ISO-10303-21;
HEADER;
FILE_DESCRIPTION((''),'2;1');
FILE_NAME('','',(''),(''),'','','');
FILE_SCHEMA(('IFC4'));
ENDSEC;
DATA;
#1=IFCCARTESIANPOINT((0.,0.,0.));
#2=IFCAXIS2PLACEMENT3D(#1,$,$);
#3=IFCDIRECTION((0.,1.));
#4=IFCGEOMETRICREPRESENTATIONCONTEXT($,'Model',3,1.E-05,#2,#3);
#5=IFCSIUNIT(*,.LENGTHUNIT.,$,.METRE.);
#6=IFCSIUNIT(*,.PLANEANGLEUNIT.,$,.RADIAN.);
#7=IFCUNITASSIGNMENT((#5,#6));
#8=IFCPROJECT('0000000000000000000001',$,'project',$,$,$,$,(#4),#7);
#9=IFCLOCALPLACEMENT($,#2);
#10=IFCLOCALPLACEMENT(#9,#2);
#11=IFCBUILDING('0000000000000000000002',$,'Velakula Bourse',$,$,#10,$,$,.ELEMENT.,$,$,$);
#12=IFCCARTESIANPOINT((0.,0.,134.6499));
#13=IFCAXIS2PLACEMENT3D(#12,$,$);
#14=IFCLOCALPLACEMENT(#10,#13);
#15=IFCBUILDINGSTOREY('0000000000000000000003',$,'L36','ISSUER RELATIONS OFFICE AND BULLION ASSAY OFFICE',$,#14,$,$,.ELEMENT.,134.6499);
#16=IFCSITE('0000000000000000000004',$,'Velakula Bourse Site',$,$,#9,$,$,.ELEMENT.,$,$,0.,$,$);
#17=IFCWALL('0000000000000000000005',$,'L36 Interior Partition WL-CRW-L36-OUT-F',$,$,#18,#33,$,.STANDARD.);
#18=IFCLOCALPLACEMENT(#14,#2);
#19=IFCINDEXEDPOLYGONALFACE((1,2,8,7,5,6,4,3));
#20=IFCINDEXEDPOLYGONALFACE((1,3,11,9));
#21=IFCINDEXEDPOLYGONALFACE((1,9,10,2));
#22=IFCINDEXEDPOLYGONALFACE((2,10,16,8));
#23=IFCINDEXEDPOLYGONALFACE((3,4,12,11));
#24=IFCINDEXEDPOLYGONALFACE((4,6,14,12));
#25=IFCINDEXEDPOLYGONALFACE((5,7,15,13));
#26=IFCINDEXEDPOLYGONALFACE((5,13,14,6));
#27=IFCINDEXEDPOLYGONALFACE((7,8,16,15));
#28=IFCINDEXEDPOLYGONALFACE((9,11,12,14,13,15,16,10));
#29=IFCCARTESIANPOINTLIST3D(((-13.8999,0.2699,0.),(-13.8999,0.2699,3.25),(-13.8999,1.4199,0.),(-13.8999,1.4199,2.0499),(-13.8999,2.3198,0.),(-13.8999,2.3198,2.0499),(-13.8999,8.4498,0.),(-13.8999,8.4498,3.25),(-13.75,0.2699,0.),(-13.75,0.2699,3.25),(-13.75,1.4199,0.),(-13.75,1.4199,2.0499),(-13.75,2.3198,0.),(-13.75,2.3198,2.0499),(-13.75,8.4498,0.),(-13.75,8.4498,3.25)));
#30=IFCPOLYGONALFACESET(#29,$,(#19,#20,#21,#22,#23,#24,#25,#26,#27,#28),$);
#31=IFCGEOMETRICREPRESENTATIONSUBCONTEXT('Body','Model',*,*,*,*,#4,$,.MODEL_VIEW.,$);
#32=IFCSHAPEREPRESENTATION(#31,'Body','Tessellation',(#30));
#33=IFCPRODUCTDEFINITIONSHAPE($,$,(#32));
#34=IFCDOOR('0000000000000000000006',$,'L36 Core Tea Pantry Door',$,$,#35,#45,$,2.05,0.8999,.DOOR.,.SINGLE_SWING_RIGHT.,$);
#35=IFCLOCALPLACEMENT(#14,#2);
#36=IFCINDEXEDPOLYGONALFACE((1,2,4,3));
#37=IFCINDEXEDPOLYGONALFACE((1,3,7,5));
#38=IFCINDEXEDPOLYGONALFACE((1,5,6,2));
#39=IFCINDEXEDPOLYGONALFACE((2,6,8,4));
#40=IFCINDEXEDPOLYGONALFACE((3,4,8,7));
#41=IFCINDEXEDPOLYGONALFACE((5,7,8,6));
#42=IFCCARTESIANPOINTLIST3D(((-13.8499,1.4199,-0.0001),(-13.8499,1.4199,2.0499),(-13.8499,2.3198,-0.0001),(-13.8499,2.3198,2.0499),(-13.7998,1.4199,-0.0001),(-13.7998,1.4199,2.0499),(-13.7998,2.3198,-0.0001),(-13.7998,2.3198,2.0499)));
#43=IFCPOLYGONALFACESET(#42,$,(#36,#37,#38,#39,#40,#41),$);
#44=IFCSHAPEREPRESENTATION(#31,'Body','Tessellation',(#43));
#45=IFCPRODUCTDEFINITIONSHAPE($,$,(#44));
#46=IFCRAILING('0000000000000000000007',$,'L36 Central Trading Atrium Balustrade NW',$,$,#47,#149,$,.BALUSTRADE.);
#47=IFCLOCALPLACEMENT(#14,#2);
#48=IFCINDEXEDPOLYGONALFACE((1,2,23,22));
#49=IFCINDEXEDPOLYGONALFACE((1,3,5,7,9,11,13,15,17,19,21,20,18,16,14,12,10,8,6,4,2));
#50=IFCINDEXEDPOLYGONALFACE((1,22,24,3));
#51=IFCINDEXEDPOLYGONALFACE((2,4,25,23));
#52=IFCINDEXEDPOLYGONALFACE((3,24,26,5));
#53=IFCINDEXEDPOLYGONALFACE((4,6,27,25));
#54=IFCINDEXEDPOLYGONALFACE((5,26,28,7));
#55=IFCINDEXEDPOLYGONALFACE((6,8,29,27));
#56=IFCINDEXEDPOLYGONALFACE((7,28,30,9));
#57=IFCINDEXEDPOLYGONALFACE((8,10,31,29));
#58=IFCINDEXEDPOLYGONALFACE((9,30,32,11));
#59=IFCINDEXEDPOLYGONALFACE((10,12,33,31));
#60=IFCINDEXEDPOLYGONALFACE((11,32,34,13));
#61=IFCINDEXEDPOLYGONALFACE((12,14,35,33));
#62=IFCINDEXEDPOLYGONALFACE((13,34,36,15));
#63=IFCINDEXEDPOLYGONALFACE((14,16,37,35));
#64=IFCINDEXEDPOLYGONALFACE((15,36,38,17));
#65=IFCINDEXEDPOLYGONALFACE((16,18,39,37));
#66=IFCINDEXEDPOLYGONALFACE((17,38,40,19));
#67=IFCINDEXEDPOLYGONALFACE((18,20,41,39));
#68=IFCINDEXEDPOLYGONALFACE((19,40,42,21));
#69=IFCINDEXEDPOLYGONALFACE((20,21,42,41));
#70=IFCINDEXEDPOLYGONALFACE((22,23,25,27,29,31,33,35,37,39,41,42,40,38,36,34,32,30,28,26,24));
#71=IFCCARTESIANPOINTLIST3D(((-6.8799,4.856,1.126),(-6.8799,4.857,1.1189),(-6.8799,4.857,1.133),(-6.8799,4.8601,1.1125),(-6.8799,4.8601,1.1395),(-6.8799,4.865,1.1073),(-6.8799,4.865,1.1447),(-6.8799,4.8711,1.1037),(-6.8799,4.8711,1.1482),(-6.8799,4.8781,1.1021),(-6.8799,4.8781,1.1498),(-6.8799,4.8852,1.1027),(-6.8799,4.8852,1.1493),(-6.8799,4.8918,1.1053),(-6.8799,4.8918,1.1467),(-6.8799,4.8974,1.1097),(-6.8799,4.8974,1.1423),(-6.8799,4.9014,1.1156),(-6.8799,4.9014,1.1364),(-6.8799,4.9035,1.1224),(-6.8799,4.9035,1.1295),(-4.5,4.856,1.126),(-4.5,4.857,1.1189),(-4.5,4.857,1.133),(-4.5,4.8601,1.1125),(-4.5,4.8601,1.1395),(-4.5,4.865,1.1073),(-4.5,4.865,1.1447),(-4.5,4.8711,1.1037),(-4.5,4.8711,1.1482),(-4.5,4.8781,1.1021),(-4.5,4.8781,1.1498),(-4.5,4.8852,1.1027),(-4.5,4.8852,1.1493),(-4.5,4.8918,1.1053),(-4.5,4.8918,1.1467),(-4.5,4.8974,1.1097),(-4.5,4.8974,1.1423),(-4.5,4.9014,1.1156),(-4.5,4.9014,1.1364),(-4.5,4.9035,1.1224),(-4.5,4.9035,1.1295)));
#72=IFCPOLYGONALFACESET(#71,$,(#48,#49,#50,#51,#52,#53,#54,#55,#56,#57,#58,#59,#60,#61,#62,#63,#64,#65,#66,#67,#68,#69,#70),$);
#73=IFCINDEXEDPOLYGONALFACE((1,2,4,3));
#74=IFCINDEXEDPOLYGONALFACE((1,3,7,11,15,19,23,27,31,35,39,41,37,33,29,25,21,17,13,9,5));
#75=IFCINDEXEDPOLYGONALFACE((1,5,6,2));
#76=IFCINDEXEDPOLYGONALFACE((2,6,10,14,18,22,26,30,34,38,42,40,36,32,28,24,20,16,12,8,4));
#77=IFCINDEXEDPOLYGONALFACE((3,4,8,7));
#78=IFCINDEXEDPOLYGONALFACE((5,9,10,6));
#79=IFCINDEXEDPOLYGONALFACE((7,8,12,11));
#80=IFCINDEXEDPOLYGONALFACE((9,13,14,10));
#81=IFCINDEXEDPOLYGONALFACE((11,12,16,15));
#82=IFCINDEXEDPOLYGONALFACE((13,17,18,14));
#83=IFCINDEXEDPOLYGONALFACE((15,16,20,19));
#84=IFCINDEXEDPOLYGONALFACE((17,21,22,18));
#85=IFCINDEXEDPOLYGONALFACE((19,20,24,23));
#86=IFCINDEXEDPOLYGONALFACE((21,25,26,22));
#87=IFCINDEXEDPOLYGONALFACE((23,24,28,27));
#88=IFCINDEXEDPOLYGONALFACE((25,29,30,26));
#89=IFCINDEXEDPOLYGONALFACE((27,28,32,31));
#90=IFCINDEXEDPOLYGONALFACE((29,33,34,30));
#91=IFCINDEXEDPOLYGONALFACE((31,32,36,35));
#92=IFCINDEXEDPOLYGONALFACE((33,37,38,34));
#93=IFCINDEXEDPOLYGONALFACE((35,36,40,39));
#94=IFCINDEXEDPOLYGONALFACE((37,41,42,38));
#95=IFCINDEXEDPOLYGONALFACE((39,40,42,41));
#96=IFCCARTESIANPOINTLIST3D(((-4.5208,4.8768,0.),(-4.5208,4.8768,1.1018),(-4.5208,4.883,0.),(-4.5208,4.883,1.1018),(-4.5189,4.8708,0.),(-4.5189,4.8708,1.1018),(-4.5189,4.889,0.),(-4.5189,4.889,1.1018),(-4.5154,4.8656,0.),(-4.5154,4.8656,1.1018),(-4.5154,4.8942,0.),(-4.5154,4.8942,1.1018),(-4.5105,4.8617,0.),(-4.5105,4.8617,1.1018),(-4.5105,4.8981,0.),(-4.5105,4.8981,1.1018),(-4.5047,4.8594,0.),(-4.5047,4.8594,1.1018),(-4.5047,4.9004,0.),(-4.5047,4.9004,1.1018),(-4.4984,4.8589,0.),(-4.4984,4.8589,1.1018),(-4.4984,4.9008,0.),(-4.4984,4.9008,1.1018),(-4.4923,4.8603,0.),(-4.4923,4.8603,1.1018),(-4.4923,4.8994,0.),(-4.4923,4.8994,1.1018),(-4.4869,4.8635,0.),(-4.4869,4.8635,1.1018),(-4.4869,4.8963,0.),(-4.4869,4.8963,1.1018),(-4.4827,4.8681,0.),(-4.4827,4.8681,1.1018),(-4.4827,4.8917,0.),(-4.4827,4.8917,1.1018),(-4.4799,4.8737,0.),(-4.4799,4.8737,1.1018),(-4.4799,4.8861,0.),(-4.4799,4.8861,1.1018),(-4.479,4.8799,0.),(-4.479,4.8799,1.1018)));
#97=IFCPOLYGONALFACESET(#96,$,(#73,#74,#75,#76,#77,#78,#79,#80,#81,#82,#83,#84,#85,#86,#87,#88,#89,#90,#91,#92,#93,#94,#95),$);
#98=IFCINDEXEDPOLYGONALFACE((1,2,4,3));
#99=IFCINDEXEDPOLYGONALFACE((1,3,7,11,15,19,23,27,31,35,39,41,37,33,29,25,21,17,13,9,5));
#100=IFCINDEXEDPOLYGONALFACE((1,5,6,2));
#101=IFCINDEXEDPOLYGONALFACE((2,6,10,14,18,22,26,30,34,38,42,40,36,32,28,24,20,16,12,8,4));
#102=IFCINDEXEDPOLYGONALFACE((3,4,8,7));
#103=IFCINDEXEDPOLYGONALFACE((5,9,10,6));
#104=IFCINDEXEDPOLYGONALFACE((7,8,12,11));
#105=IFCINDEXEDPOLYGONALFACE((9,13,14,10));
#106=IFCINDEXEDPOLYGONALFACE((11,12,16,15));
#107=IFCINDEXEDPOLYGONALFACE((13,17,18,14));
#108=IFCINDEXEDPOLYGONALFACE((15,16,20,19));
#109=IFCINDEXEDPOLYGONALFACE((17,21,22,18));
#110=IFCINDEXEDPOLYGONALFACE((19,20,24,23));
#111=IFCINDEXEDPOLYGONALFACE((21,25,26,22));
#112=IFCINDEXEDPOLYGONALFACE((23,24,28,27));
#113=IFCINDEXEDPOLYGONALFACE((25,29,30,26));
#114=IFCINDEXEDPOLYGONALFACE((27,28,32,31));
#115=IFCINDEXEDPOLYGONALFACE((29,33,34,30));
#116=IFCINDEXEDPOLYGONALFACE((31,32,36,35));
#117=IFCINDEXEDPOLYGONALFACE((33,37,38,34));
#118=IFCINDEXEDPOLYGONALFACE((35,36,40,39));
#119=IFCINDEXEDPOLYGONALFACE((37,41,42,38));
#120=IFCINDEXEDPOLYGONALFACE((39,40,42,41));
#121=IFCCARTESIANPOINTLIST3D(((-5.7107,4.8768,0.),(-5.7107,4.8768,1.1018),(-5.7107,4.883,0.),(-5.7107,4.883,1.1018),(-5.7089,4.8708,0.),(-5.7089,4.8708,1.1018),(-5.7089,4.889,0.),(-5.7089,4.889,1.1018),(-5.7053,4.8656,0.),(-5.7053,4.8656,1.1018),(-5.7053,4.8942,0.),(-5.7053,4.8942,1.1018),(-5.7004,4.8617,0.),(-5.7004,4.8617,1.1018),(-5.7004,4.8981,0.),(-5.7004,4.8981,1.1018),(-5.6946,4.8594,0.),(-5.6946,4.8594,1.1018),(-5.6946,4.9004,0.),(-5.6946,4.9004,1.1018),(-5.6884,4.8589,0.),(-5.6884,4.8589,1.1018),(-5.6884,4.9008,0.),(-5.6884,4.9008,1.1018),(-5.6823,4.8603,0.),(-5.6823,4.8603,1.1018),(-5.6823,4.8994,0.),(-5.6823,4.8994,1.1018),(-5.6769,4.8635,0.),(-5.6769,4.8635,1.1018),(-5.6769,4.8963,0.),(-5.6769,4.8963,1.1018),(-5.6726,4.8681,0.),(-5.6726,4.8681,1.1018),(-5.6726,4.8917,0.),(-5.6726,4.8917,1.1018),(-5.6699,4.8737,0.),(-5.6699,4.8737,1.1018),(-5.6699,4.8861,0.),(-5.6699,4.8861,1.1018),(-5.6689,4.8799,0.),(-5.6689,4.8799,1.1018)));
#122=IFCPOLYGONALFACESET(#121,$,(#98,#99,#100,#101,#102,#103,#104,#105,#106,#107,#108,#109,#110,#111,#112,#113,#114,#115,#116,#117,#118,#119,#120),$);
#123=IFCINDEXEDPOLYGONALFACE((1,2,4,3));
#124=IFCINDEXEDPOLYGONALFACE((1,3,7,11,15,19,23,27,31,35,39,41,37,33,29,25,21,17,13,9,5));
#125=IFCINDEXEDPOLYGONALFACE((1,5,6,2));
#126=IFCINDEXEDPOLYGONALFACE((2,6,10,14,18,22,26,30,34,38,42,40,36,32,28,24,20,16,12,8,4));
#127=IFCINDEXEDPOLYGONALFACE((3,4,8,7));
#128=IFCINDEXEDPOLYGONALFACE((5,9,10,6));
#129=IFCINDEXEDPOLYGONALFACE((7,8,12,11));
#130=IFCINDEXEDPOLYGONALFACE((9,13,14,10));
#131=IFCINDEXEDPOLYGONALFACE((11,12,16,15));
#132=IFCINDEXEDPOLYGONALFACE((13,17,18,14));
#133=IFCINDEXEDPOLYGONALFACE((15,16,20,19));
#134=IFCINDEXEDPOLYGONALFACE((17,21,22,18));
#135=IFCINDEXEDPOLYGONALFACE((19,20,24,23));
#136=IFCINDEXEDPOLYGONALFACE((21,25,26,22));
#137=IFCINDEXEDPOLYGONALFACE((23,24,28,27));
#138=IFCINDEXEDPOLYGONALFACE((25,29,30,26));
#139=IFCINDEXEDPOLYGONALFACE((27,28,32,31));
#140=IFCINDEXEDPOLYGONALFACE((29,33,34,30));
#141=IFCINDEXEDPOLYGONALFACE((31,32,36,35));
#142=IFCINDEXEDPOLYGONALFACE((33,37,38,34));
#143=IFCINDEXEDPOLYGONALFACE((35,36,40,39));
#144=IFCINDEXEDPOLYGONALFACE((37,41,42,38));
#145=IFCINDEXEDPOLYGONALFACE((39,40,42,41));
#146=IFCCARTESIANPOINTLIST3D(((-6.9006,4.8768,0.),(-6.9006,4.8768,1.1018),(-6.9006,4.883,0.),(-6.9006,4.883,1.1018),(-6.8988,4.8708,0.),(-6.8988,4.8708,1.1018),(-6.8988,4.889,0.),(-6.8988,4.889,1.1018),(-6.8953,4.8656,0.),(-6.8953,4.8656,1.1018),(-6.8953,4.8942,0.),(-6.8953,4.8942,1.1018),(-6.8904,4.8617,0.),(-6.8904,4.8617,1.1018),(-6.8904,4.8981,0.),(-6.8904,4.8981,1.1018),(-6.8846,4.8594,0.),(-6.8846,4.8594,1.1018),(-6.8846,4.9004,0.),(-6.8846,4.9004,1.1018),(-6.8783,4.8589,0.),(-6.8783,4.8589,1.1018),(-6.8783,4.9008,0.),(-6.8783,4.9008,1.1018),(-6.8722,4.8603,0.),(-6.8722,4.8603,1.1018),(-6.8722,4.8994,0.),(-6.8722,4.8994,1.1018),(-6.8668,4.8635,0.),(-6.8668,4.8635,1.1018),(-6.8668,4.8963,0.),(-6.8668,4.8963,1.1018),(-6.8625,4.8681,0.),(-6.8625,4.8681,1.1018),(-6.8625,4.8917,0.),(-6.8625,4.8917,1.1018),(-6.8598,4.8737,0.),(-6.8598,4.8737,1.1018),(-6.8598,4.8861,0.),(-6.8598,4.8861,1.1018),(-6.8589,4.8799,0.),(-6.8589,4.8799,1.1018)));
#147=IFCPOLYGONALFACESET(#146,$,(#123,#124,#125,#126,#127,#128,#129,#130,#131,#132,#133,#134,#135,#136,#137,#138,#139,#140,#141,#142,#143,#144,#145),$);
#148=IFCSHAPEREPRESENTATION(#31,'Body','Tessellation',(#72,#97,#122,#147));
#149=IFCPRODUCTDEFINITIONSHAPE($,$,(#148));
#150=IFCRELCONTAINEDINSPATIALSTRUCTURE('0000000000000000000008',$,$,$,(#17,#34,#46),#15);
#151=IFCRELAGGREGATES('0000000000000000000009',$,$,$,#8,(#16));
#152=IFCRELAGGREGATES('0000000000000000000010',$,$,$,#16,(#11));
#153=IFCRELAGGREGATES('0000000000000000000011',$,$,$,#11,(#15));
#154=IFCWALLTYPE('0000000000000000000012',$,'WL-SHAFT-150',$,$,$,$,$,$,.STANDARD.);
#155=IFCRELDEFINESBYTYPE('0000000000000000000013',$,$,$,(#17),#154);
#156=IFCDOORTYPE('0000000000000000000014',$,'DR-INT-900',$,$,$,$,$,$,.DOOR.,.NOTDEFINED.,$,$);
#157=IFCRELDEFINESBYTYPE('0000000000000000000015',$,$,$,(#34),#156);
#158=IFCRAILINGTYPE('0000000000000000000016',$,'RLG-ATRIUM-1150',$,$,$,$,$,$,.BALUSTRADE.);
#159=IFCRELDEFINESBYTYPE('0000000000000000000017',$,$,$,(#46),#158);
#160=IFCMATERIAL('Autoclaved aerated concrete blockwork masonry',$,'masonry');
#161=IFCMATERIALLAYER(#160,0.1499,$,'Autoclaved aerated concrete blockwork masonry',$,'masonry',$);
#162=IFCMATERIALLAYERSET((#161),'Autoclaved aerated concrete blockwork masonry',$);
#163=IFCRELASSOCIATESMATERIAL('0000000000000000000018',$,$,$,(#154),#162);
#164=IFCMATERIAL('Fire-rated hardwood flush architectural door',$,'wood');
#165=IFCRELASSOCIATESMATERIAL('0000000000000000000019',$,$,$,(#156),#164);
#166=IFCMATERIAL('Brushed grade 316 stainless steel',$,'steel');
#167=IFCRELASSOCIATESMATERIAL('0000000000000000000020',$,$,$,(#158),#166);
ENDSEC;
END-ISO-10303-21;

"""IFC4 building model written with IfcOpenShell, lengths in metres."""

from ifc_helpers import new_model, si_unit, direction, frame, frame_2d, origin, origin_2d, place, context, subcontext, project, spatial, rectangle, circle, extrude, material, layer, layer_set, type_object, element, fill, save


model = new_model("IFC4")

# Units and contexts
model_context = context("Model", 3, precision=1e-05, world=origin(), true_north=direction((0.0, 1.0)))
body_context = subcontext(model_context, "Body", "Model", "MODEL_VIEW")
ifc_project = project(units=[si_unit("LENGTHUNIT", "METRE"), si_unit("PLANEANGLEUNIT", "RADIAN")], contexts=[model_context])

# Site, building, storey
site_placement = place(None, origin())
site = spatial("IfcSite", under=ifc_project, at=site_placement, Name="Velakula Bourse Site", CompositionType="ELEMENT", RefElevation=0.0)
building_placement = place(site_placement, origin())
building = spatial("IfcBuilding", under=site, at=building_placement, Name="Velakula Bourse", CompositionType="ELEMENT")
storey_placement = place(building_placement, frame((0.0, 0.0, 134.6499)))
storey = spatial("IfcBuildingStorey", under=building, at=storey_placement, Name="L36", Description="ISSUER RELATIONS OFFICE AND BULLION ASSAY OFFICE", CompositionType="ELEMENT", Elevation=134.6499)

# Shared definitions
ifc_material_1 = material(Name="Fire-rated hardwood flush architectural door", Category="wood")

# Shared definitions
ifc_material_2 = material(Name="Autoclaved aerated concrete blockwork masonry", Category="masonry")
ifc_layer_1 = layer(ifc_material_2, 0.1499, Name="Autoclaved aerated concrete blockwork masonry", Category="masonry")
ifc_layer_set_1 = layer_set([ifc_layer_1], Name="Autoclaved aerated concrete blockwork masonry")
wall_type_1 = type_object("IfcWallType", Name="WL-SHAFT-150", PredefinedType="STANDARD", material=ifc_layer_set_1)

# Wall, opening, door
wall_1_placement = place(storey_placement, frame((-13.825, 0.27, 0.0), z_axis=(0.0, 0.0, 1.0), x_axis=(0.0, 1.0, 0.0)))
wall_1 = element("IfcWall", 1, at=wall_1_placement, inside=storey, type_object=wall_type_1, Name="L36 Interior Partition WL-CRW-L36-OUT-F", PredefinedType="STANDARD", context=body_context, shape_type="SweptSolid", body=[
    extrude(rectangle(XDim=8.1799, YDim=0.1499, at=frame_2d((4.0898, 0.0))), origin(), (0.0, 0.0, 1.0), 3.25),
])
opening_1_placement = place(wall_1_placement, frame((1.1499, 0.0, 0.0)))
opening_1 = element("IfcOpeningElement", 2, at=opening_1_placement, cuts=wall_1, PredefinedType="OPENING", context=body_context, shape_type="SweptSolid", body=[
    extrude(rectangle(XDim=0.8999, YDim=2.05, at=frame_2d((0.45, 1.0249))), frame((0.0, 0.085, 0.0), z_axis=(0.0, -1.0, 0.0), x_axis=(1.0, 0.0, 0.0)), (0.0, 0.0, 1.0), 0.1699),
])
door_type_1 = type_object("IfcDoorType", Name="DR-INT-900", OperationType="NOTDEFINED", PredefinedType="DOOR", material=ifc_material_1)
door_1_placement = place(opening_1_placement, origin())
door_1 = element("IfcDoor", 3, at=door_1_placement, inside=storey, type_object=door_type_1, Name="L36 Core Tea Pantry Door", OperationType="SINGLE_SWING_RIGHT", OverallHeight=2.05, OverallWidth=0.8999, PredefinedType="DOOR", context=body_context, shape_type="SweptSolid", body=[
    extrude(rectangle(XDim=0.8999, YDim=2.05, at=frame_2d((0.45, 1.0249))), frame((0.0, 0.0249, 0.0), z_axis=(0.0, -1.0, 0.0), x_axis=(1.0, 0.0, 0.0)), (0.0, 0.0, 1.0), 0.05),
])
fill(opening_1, door_1)

# Railing
ifc_material_3 = material(Name="Brushed grade 316 stainless steel", Category="steel")
railing_type = type_object("IfcRailingType", Name="RLG-ATRIUM-1150", PredefinedType="BALUSTRADE", material=ifc_material_3)
railing_1_placement = place(storey_placement, frame((-4.5, 4.8799, 0.0)))
element("IfcRailing", 4, at=railing_1_placement, inside=storey, type_object=railing_type, Name="L36 Central Trading Atrium Balustrade NW", PredefinedType="BALUSTRADE", context=body_context, shape_type="SweptSolid", body=[
    extrude(circle(Radius=0.0239, at=origin_2d()), frame((0.0, 0.0, 1.126), z_axis=(-1.0, 0.0, 0.0), x_axis=(0.0, -1.0, 0.0)), (0.0, 0.0, 1.0), 2.3799),
    extrude(circle(Radius=0.021, at=origin_2d()), origin(), (0.0, 0.0, 1.0), 1.1018),
    extrude(circle(Radius=0.021, at=origin_2d()), frame((-1.1899, 0.0, 0.0)), (0.0, 0.0, 1.0), 1.1018),
    extrude(circle(Radius=0.021, at=origin_2d()), frame((-2.3799, 0.0, 0.0)), (0.0, 0.0, 1.0), 1.1018),
])

save(model, "model.ifc")
